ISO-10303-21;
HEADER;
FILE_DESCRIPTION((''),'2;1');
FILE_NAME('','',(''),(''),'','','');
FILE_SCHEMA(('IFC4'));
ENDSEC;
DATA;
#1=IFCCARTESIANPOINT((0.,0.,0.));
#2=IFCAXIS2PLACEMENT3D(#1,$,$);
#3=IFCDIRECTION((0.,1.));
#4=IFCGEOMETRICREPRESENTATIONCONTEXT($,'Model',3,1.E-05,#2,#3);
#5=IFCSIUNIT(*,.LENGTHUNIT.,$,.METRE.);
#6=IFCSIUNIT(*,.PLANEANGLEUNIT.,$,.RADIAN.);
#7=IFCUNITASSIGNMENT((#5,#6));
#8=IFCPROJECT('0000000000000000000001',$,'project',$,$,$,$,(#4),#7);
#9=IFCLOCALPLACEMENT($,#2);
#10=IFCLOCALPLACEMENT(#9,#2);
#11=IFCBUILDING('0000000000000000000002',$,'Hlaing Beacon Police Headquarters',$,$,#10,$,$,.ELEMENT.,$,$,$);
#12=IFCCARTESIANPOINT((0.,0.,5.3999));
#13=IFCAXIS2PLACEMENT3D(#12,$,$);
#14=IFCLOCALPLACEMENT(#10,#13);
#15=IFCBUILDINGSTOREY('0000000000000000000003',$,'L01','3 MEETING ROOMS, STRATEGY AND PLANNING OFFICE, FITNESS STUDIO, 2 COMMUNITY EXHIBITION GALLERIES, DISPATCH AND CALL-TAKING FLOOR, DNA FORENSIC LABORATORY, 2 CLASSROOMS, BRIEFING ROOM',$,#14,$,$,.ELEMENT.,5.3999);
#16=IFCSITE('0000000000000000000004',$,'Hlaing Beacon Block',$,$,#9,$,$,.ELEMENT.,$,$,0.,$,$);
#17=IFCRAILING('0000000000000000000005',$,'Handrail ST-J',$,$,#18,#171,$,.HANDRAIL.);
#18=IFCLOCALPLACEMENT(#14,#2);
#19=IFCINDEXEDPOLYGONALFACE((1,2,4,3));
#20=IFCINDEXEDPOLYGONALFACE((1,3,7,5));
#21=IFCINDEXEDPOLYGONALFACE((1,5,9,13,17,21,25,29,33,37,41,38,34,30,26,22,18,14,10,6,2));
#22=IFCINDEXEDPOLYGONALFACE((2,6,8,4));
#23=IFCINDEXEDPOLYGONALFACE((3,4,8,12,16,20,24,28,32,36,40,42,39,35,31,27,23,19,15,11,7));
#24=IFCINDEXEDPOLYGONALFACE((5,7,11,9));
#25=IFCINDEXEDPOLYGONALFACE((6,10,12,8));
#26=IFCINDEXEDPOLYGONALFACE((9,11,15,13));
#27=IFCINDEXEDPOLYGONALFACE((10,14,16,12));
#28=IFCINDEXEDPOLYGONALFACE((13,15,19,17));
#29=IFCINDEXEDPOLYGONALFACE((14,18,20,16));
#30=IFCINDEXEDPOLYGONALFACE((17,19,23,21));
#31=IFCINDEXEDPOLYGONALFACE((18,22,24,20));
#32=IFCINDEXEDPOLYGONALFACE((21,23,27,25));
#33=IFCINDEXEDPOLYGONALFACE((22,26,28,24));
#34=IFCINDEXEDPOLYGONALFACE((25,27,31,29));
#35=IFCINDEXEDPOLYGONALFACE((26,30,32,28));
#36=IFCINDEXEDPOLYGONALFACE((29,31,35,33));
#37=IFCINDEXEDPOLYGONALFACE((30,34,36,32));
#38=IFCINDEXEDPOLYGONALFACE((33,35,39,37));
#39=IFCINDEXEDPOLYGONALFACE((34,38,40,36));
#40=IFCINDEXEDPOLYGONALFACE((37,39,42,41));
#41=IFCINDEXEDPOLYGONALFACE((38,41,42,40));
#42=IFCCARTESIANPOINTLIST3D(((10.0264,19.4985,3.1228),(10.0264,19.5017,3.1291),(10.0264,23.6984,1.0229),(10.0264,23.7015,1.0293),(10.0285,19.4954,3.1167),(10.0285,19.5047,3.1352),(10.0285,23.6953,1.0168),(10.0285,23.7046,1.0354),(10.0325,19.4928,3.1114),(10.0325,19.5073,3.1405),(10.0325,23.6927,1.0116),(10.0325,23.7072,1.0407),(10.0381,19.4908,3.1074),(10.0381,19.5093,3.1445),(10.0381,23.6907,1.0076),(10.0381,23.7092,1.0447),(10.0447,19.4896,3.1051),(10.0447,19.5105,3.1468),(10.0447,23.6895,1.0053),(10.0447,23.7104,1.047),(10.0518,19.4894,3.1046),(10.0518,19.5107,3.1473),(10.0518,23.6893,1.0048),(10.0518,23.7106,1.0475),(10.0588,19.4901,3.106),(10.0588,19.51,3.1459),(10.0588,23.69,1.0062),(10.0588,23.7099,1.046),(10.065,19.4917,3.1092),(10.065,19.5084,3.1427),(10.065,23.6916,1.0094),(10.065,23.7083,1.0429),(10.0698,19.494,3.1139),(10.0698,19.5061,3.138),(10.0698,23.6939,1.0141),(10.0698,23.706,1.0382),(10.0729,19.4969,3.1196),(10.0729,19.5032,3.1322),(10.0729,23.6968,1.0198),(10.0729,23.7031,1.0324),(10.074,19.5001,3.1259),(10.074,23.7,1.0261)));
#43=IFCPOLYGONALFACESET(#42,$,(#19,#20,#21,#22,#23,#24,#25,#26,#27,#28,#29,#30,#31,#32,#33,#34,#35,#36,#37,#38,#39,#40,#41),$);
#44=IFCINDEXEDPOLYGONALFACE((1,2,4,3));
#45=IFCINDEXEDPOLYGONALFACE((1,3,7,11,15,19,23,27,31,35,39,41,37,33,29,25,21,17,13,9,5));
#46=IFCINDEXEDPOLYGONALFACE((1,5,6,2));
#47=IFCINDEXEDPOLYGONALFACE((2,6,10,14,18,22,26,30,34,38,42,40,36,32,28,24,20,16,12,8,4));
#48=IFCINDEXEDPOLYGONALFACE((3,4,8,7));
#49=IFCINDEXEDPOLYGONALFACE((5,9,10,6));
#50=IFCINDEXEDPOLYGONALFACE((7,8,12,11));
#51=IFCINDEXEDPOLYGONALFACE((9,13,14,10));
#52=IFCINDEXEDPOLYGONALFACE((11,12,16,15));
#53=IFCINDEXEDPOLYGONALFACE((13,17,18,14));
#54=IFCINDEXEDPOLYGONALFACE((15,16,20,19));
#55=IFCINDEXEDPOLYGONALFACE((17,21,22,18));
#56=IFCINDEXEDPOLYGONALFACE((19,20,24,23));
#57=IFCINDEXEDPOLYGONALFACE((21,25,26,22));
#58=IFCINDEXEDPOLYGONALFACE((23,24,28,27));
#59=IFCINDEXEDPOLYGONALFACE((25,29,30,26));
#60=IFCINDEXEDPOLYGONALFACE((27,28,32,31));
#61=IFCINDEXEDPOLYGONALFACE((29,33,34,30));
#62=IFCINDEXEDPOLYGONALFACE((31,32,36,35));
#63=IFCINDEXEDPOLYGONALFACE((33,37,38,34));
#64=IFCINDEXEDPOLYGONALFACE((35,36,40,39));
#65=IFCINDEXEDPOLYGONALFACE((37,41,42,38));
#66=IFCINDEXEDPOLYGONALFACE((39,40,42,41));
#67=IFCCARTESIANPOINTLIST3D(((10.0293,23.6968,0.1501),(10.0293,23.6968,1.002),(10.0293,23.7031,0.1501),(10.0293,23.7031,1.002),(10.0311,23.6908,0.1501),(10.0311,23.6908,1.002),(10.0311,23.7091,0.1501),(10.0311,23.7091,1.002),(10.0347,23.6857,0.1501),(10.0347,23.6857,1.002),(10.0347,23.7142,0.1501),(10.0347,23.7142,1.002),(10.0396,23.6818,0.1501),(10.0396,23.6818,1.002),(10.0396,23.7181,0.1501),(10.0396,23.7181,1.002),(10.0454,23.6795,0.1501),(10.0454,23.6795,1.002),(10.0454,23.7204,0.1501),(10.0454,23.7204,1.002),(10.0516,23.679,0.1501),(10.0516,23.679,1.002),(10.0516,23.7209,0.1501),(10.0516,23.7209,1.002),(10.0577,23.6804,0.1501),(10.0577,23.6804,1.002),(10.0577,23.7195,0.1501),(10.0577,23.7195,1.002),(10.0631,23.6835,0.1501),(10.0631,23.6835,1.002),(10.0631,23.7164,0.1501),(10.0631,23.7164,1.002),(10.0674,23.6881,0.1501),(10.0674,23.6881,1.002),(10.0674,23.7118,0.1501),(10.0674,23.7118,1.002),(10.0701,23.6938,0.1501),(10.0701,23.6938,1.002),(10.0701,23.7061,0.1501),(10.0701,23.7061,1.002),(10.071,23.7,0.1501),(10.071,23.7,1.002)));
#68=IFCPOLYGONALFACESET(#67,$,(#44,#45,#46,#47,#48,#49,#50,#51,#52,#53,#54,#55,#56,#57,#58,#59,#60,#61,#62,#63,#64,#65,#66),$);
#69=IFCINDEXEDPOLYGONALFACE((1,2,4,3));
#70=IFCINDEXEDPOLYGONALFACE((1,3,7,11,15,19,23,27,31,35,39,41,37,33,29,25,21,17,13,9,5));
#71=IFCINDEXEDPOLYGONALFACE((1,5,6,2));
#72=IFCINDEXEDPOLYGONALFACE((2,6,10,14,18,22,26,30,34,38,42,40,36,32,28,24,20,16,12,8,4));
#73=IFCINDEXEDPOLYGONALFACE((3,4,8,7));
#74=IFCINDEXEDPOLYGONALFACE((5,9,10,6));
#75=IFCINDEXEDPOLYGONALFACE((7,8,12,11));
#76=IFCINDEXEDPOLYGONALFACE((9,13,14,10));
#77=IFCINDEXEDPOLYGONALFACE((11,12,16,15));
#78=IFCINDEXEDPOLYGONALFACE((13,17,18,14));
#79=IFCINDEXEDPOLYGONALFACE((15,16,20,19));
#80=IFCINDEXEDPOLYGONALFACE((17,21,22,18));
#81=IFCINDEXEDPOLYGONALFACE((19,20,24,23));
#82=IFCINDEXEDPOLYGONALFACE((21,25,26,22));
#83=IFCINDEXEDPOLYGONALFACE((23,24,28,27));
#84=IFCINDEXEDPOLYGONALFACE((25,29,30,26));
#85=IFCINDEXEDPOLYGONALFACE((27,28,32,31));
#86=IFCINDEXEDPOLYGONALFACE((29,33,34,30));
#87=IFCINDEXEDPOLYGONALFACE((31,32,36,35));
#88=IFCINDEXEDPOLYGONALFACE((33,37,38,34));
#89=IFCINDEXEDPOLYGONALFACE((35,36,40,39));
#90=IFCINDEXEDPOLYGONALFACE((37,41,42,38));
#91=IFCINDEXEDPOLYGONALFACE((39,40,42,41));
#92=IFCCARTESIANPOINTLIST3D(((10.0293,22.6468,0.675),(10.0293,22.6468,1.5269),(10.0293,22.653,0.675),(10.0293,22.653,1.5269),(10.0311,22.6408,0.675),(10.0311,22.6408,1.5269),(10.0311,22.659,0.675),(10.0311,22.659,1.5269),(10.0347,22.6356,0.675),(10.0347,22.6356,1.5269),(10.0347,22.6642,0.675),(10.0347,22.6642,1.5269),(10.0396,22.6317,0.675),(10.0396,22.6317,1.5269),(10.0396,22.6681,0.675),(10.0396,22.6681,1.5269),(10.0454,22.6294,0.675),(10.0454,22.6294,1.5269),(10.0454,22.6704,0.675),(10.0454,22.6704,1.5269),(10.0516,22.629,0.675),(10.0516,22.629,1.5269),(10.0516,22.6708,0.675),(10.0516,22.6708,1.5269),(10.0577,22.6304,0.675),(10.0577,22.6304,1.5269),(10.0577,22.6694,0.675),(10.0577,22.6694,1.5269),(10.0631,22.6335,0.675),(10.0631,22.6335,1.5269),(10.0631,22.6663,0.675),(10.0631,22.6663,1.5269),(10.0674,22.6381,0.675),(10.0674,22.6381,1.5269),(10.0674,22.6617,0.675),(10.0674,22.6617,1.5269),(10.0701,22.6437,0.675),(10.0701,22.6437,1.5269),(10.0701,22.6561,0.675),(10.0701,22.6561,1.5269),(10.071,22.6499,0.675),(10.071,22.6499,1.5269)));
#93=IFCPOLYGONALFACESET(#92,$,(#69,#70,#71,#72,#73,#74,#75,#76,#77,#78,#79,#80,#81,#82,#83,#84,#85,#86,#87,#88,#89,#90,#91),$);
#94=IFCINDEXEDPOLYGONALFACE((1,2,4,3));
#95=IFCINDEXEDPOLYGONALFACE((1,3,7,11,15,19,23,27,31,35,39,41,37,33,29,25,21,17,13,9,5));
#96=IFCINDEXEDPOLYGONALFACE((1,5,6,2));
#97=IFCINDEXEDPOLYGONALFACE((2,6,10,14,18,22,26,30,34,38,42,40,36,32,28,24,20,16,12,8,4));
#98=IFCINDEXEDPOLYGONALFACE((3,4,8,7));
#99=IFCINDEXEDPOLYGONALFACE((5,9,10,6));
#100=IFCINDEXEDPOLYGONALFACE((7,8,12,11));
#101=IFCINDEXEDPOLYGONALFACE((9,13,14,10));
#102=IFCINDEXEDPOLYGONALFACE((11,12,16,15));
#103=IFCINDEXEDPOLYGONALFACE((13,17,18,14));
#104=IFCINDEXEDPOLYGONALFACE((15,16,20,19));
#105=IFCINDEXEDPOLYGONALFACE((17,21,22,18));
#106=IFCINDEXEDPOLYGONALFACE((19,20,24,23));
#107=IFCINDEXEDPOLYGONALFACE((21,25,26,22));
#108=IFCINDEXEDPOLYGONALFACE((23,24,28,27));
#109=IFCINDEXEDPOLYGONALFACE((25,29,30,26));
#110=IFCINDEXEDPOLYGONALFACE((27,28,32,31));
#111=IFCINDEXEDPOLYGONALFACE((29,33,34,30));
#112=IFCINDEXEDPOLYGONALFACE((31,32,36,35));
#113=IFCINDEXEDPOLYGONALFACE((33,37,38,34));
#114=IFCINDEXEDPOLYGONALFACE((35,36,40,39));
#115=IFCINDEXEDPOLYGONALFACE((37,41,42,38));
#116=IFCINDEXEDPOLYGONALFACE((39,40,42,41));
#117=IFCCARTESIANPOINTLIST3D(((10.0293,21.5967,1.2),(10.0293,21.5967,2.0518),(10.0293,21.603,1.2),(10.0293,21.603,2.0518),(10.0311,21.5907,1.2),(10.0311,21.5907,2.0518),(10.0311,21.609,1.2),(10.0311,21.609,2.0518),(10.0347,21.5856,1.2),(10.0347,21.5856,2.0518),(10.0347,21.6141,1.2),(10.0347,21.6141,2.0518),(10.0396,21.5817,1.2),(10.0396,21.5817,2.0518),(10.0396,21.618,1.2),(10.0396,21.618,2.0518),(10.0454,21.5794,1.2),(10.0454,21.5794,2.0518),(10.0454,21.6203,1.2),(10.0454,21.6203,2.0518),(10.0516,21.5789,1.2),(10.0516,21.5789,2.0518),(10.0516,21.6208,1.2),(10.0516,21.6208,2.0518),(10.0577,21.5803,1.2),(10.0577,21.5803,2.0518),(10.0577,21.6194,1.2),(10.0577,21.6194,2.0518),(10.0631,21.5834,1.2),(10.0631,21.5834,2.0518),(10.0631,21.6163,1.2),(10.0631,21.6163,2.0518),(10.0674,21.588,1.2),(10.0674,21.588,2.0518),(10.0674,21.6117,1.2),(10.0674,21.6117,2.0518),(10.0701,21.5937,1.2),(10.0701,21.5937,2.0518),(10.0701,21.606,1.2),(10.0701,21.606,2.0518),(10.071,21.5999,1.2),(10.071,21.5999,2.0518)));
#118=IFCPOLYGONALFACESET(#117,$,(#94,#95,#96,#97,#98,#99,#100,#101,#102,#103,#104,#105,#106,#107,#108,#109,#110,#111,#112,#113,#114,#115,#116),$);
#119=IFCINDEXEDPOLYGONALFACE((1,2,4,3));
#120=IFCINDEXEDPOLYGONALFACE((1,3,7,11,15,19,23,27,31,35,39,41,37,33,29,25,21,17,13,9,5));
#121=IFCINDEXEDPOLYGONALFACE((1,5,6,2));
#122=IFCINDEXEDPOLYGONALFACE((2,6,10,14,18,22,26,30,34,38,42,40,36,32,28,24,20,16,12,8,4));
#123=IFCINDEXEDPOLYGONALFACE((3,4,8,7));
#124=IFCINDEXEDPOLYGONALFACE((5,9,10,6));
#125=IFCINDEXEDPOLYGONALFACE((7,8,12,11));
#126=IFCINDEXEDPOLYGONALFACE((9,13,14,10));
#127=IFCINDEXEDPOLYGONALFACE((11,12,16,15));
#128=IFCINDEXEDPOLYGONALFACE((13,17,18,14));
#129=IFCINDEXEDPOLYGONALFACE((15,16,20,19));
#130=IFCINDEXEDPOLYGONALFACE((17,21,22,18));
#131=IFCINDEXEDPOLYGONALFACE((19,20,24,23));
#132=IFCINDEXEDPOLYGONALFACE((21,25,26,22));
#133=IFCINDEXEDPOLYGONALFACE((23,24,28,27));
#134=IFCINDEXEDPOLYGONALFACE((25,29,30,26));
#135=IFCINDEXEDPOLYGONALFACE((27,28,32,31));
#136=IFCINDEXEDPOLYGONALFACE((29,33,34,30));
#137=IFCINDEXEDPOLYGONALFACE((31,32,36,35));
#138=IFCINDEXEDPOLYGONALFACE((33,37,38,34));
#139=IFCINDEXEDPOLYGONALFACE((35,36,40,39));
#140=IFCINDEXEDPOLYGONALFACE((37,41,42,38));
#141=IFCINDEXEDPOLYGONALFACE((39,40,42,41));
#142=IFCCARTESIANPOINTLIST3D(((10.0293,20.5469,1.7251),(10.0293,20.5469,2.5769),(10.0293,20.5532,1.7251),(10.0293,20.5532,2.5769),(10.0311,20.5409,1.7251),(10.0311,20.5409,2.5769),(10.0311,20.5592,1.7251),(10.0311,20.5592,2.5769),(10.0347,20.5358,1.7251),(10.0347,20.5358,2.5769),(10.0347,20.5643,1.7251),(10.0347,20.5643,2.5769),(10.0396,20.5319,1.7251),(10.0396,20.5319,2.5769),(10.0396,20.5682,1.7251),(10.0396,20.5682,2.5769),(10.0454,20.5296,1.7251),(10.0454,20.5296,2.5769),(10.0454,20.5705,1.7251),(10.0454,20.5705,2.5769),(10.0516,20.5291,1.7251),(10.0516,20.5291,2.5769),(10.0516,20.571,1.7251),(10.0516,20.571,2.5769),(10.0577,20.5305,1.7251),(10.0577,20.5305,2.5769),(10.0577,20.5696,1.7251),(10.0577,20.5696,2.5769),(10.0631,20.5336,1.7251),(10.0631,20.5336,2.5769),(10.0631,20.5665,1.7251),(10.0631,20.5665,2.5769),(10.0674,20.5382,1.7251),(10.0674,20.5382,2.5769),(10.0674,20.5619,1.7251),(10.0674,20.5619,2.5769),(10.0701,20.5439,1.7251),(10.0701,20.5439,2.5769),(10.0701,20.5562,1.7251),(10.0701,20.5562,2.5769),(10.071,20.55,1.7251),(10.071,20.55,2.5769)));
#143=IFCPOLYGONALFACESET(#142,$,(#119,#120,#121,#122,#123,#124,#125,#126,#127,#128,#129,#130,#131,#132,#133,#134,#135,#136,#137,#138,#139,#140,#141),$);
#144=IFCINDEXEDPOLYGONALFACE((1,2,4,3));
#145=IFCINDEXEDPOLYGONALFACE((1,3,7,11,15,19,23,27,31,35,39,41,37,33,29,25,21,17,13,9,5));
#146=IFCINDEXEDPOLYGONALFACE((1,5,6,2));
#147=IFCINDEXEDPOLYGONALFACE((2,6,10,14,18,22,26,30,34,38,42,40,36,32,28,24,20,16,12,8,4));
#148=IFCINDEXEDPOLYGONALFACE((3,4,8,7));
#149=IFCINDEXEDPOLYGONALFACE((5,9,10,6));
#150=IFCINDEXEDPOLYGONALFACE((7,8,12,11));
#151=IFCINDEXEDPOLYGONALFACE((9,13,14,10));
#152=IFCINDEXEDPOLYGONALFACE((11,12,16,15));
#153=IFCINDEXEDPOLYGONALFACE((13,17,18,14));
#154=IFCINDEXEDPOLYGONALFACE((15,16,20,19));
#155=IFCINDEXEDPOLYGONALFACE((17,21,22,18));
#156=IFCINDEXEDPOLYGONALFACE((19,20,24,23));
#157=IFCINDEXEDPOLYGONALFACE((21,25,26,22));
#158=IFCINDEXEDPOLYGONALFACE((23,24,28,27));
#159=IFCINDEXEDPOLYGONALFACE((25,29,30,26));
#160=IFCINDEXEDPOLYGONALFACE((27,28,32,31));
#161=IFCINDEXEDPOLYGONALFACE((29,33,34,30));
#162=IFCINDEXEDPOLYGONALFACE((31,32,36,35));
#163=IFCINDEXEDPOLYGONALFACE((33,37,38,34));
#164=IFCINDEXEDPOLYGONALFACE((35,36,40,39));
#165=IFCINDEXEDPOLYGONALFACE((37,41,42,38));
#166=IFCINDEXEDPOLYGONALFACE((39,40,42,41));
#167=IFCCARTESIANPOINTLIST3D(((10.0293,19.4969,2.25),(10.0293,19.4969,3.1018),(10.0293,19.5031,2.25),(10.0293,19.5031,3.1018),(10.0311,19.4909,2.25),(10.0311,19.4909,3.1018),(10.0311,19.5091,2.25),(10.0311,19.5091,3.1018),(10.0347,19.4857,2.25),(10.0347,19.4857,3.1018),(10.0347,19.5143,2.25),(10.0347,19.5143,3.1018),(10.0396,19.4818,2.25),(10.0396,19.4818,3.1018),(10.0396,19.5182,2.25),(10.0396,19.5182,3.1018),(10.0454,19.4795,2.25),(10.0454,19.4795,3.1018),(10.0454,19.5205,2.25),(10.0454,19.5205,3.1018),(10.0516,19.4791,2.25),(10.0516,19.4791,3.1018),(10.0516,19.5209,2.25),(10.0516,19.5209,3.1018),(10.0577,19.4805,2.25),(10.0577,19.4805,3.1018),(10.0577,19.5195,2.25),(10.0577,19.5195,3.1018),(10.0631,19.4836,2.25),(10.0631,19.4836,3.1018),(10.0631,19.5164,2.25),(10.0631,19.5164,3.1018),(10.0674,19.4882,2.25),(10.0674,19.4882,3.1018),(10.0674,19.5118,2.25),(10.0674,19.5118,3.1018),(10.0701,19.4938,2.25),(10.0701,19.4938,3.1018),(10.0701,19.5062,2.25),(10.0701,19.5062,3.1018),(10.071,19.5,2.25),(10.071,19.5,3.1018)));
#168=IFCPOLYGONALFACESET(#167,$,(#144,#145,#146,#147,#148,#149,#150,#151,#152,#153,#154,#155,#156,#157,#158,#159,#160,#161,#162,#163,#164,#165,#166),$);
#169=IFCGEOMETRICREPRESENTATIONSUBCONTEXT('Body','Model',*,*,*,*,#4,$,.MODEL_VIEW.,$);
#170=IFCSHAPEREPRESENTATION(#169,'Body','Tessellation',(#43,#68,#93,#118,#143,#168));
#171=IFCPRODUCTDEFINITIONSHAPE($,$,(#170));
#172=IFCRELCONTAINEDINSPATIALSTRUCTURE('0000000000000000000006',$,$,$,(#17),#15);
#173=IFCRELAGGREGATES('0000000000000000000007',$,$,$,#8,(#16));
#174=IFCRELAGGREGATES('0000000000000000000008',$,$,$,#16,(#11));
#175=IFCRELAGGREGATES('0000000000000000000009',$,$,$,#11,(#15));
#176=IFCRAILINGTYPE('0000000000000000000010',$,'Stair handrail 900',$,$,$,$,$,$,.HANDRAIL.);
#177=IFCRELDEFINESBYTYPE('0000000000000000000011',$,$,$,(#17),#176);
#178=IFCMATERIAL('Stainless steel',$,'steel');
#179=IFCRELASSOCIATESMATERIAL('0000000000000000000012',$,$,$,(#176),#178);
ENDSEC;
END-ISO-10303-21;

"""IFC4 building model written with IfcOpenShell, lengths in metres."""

from ifc_helpers import new_model, si_unit, direction, frame, origin, origin_2d, place, context, subcontext, project, spatial, circle, extrude, material, type_object, element, save


model = new_model("IFC4")

# Units and contexts
model_context = context("Model", 3, precision=1e-05, world=origin(), true_north=direction((0.0, 1.0)))
body_context = subcontext(model_context, "Body", "Model", "MODEL_VIEW")
ifc_project = project(units=[si_unit("LENGTHUNIT", "METRE"), si_unit("PLANEANGLEUNIT", "RADIAN")], contexts=[model_context])

# Site, building, storey
site_placement = place(None, origin())
site = spatial("IfcSite", under=ifc_project, at=site_placement, Name="Hlaing Beacon Block", CompositionType="ELEMENT", RefElevation=0.0)
building_placement = place(site_placement, origin())
building = spatial("IfcBuilding", under=site, at=building_placement, Name="Hlaing Beacon Police Headquarters", CompositionType="ELEMENT")
storey_placement = place(building_placement, frame((0.0, 0.0, 5.3999)))
storey = spatial("IfcBuildingStorey", under=building, at=storey_placement, Name="L01", Description="3 MEETING ROOMS, STRATEGY AND PLANNING OFFICE, FITNESS STUDIO, 2 COMMUNITY EXHIBITION GALLERIES, DISPATCH AND CALL-TAKING FLOOR, DNA FORENSIC LABORATORY, 2 CLASSROOMS, BRIEFING ROOM", CompositionType="ELEMENT", Elevation=5.3999)

# Railing
ifc_material_1 = material(Name="Stainless steel", Category="steel")
railing_type_1 = type_object("IfcRailingType", Name="Stair handrail 900", PredefinedType="HANDRAIL", material=ifc_material_1)
for number, where, name in (
    (1, (10.05, 23.7, 0.1501), "Handrail ST-J"),
):
    element("IfcRailing", number, at=place(storey_placement, frame(where)), inside=storey, type_object=railing_type_1, Name=name, PredefinedType="HANDRAIL", context=body_context, shape_type="SweptSolid", body=[
        extrude(circle(Radius=0.0239, at=origin_2d()), frame((0.0, 0.0, 0.876), z_axis=(0.0, -0.894438, 0.447193), x_axis=(1.0, 0.0, 0.0)), (0.0, 0.0, 1.0), 4.6956),
        extrude(circle(Radius=0.021, at=origin_2d()), origin(), (0.0, 0.0, 1.0), 0.8518),
        extrude(circle(Radius=0.021, at=origin_2d()), frame((0.0, -1.05, 0.5249)), (0.0, 0.0, 1.0), 0.8518),
        extrude(circle(Radius=0.021, at=origin_2d()), frame((0.0, -2.1001, 1.0498)), (0.0, 0.0, 1.0), 0.8518),
        extrude(circle(Radius=0.021, at=origin_2d()), frame((0.0, -3.1499, 1.575)), (0.0, 0.0, 1.0), 0.8518),
        extrude(circle(Radius=0.021, at=origin_2d()), frame((0.0, -4.2, 2.0999)), (0.0, 0.0, 1.0), 0.8518),
    ])

save(model, "model.ifc")
